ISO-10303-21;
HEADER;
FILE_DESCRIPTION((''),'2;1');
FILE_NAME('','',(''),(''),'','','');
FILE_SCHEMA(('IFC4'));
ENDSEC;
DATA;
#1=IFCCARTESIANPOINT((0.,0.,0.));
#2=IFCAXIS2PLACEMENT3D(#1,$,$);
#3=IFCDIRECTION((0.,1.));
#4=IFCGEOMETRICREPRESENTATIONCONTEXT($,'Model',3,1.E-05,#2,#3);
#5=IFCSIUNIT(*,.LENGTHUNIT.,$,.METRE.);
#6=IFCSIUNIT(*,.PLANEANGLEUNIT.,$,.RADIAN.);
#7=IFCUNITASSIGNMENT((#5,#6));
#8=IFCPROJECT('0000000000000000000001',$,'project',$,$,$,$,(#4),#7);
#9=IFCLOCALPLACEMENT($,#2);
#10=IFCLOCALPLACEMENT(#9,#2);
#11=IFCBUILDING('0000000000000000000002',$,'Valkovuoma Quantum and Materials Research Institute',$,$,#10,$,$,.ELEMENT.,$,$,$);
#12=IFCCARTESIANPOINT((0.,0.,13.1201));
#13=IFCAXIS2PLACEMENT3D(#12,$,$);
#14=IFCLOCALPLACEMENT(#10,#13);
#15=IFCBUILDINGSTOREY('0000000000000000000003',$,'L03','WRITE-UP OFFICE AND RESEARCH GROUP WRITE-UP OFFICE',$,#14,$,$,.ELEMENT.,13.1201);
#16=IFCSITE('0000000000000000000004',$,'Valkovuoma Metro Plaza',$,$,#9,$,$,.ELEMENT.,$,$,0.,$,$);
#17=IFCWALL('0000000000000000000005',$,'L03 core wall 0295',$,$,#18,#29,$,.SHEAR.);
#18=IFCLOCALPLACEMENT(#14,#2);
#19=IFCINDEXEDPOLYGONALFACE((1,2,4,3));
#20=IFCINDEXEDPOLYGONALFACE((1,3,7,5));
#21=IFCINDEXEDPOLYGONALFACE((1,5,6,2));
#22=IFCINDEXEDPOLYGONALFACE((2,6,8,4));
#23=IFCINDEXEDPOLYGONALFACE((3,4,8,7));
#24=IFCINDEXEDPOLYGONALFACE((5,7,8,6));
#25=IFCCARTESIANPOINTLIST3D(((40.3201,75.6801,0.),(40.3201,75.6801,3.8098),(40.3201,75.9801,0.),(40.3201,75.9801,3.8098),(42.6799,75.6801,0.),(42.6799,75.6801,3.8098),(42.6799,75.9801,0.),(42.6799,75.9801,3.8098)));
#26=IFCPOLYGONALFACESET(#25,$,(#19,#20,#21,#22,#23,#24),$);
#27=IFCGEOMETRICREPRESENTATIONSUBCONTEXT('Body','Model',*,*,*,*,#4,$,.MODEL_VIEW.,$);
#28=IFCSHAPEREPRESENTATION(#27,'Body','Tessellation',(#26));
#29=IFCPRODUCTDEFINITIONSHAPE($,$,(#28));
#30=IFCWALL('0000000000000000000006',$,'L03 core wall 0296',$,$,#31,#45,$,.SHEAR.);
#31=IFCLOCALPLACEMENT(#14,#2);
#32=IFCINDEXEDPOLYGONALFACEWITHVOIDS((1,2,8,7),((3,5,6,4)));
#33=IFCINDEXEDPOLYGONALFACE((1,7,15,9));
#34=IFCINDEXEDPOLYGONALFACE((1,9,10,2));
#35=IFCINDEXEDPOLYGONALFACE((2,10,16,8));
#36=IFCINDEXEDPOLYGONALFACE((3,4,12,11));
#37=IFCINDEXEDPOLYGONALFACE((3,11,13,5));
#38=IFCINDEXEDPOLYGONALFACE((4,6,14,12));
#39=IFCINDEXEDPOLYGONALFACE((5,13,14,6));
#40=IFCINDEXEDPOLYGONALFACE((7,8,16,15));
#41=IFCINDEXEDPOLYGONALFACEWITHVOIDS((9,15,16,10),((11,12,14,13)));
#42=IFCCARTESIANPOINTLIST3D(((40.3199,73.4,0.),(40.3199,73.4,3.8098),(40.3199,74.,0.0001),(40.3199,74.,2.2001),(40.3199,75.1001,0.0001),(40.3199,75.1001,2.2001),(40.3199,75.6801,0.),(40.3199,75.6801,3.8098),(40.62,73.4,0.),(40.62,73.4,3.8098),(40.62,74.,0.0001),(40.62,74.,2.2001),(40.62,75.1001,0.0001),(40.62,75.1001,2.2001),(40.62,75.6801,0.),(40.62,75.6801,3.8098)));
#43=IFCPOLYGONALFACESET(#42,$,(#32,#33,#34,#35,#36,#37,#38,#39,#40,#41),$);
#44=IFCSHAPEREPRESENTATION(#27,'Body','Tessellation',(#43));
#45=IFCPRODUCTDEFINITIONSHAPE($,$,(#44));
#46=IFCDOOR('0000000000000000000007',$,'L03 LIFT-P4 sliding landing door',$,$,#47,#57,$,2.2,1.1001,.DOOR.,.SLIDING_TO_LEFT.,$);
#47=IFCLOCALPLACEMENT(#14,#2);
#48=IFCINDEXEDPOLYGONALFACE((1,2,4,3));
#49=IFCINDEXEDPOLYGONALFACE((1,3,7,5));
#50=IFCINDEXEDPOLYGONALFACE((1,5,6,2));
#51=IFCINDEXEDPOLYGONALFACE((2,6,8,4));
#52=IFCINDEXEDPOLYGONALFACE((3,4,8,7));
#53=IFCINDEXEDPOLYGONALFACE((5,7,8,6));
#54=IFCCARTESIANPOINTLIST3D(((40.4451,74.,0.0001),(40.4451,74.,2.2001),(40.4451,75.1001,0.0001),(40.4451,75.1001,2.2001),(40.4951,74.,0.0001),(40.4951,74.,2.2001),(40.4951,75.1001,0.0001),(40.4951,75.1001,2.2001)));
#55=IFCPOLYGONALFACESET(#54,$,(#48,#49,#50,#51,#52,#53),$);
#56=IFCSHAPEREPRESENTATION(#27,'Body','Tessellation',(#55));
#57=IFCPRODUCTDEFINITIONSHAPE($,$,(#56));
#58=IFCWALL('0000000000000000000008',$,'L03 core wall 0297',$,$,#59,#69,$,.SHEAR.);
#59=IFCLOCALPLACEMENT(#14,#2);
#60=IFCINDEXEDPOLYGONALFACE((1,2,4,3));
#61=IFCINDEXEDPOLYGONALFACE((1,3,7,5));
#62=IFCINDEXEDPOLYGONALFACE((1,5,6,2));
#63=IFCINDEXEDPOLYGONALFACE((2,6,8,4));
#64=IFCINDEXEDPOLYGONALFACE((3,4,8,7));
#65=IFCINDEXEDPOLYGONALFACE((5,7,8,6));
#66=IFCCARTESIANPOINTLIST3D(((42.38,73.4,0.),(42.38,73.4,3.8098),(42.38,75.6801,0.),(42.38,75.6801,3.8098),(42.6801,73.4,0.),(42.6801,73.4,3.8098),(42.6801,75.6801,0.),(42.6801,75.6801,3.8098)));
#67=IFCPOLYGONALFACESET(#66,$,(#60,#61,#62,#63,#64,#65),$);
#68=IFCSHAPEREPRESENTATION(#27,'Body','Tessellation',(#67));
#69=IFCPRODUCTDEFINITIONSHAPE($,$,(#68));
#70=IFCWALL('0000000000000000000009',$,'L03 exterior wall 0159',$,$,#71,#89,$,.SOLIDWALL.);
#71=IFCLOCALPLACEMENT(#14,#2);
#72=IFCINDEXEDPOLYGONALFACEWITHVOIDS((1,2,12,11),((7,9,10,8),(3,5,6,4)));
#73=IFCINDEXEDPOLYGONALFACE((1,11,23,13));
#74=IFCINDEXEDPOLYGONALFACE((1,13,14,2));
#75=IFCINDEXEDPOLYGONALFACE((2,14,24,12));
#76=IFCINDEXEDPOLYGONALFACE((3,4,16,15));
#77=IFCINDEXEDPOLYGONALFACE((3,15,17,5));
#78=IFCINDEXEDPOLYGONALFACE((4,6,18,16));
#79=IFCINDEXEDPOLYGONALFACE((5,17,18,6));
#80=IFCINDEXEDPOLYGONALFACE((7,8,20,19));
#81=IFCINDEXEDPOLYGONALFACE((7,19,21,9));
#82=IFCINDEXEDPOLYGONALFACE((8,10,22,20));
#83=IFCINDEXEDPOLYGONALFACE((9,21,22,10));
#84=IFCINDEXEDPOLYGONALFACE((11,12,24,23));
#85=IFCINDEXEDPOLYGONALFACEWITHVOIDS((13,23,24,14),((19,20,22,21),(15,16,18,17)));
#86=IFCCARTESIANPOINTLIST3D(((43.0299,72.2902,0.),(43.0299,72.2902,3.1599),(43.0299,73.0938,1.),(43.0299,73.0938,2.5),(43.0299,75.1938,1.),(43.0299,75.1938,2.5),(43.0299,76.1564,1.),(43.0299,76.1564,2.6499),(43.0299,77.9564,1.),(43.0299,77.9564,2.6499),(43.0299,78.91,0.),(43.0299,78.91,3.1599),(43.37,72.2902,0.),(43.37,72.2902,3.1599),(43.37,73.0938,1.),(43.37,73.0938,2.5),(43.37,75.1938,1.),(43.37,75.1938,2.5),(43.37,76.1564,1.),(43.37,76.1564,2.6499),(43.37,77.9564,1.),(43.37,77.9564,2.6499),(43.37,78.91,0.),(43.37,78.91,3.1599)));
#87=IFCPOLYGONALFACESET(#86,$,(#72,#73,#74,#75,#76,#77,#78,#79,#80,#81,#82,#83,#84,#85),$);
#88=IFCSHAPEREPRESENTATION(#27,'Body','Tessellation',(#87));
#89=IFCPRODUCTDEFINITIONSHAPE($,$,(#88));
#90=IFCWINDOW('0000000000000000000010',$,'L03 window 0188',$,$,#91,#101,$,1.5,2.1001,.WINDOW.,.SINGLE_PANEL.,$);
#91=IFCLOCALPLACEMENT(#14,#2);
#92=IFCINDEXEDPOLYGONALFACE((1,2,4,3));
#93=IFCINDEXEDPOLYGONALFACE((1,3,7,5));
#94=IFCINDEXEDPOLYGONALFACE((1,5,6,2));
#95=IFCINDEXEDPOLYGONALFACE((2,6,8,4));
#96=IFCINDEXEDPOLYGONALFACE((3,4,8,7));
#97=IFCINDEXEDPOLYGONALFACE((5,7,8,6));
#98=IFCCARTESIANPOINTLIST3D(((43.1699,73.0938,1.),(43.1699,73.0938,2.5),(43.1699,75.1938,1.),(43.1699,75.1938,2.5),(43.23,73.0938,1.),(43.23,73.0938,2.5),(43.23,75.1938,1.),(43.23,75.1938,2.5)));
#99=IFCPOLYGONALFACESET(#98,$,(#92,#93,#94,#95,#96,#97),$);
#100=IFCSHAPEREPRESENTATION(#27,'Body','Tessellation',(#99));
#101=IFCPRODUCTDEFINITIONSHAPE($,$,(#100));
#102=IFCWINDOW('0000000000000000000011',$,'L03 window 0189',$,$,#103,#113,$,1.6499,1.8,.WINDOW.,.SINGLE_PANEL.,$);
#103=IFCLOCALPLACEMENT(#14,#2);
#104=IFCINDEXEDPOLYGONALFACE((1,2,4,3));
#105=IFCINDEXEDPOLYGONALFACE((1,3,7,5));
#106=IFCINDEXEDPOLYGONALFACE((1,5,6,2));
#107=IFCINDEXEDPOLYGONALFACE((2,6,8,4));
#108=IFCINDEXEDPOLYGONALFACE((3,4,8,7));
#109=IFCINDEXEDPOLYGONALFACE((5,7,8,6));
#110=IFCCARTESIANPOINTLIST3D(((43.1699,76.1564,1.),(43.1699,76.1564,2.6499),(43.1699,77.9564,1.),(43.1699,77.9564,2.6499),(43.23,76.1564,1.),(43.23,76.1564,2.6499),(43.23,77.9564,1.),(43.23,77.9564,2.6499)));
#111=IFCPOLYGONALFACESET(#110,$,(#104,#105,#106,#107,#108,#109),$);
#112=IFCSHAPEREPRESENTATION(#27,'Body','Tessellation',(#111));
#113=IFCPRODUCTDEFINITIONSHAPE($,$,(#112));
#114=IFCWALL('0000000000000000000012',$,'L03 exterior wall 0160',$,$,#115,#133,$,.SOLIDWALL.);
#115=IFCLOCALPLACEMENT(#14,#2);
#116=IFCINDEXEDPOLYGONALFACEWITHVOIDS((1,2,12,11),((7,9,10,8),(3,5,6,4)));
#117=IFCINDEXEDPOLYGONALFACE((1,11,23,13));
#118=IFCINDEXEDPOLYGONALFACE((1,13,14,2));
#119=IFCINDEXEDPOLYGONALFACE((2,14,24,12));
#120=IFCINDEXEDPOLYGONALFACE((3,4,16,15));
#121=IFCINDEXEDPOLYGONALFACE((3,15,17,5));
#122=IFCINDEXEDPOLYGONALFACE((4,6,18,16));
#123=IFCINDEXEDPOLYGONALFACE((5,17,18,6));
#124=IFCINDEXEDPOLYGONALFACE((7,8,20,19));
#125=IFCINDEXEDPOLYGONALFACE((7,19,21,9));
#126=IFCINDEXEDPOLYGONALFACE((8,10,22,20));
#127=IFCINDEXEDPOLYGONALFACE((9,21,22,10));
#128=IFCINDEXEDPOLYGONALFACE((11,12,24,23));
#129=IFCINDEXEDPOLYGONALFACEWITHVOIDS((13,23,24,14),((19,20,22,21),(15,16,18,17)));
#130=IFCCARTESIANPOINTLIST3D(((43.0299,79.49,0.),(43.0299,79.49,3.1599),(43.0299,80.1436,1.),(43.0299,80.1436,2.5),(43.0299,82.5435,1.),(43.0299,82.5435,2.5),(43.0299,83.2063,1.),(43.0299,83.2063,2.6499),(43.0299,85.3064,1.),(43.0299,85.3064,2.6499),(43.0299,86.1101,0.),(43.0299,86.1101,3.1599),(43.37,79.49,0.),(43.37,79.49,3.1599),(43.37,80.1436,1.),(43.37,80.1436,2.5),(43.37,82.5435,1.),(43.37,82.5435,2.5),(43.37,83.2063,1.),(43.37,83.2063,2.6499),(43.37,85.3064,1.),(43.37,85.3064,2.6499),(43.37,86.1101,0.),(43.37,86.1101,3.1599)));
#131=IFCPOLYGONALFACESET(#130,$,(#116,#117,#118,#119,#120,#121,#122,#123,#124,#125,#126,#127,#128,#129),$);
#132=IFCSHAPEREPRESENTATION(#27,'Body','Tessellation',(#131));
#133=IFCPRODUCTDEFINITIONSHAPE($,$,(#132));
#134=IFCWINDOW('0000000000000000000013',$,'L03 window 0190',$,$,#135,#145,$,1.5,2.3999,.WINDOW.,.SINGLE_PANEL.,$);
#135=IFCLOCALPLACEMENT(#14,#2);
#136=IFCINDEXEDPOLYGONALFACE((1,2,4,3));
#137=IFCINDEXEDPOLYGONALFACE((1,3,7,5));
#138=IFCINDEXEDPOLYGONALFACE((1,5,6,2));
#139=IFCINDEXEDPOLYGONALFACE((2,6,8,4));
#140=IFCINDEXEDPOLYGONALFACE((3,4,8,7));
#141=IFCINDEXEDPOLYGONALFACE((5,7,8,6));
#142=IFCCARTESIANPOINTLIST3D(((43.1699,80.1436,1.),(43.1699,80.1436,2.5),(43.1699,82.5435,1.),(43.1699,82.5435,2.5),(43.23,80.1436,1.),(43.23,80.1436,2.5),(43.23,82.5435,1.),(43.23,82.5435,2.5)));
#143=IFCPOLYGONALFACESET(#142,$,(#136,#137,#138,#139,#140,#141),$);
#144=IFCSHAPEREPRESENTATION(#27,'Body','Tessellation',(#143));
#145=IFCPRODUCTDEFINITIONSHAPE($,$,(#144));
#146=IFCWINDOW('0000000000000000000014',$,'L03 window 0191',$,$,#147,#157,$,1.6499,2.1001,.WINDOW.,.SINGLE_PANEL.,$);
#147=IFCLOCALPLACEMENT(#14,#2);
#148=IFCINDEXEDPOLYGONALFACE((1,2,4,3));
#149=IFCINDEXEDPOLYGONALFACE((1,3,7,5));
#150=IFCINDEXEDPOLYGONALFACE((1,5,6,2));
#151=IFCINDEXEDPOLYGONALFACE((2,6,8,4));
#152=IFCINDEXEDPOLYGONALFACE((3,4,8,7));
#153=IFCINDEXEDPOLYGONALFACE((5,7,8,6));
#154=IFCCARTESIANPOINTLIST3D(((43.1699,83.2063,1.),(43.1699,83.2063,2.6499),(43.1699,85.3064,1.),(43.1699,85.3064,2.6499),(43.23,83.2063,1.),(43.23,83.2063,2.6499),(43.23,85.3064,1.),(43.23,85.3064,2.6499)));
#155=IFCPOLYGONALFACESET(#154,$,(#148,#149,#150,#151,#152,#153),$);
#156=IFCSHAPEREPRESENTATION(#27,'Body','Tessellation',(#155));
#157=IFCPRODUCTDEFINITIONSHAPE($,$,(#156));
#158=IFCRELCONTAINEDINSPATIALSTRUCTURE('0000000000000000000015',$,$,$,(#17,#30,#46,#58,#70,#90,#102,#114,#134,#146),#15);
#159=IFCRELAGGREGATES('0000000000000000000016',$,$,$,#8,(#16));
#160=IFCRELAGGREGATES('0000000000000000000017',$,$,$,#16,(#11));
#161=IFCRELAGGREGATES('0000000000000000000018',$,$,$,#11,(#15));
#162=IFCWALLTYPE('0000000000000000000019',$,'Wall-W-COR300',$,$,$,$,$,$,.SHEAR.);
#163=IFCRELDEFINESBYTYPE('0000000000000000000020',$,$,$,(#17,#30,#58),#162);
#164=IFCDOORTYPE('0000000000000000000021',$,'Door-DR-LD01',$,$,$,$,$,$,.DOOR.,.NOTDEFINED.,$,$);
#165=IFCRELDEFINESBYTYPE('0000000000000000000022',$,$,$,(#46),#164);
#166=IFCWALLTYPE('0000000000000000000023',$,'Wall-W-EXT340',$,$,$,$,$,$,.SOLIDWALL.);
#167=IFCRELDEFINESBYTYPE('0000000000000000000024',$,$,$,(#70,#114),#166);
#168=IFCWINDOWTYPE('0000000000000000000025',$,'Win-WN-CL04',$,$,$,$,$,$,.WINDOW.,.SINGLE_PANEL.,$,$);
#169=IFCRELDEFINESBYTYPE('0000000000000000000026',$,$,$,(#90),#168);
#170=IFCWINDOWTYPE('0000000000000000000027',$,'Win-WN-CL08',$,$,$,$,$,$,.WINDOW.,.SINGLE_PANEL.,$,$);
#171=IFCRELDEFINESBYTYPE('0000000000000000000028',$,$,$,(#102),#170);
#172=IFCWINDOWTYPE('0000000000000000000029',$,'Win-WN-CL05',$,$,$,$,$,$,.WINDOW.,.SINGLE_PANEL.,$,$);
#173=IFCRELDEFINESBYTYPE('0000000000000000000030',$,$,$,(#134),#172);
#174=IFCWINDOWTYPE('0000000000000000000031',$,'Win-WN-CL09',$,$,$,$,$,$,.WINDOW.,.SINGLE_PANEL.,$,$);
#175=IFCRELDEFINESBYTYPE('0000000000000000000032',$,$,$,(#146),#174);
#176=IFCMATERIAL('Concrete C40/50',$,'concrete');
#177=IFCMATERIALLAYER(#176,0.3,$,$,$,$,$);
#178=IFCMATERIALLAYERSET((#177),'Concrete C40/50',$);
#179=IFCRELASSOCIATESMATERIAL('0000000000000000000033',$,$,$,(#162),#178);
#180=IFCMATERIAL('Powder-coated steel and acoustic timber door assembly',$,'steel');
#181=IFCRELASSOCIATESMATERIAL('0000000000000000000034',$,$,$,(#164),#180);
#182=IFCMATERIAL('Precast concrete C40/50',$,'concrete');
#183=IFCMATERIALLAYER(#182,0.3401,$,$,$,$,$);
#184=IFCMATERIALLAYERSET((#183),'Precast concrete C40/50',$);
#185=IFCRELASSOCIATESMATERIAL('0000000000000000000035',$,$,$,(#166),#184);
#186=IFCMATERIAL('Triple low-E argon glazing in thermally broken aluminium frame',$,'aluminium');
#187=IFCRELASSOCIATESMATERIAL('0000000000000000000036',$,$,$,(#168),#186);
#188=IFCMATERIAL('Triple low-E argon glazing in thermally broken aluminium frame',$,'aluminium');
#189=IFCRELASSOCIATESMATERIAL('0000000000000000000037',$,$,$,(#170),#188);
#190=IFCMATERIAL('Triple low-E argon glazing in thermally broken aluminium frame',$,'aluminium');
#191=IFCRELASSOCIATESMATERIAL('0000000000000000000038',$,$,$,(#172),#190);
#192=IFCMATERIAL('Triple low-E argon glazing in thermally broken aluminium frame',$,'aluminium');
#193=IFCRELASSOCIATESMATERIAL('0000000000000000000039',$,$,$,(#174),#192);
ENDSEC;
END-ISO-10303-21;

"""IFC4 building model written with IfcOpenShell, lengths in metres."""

from ifc_helpers import new_model, si_unit, direction, frame, frame_2d, origin, place, context, subcontext, project, spatial, rectangle, extrude, material, layer, layer_set, type_object, element, fill, save


model = new_model("IFC4")

# Units and contexts
model_context = context("Model", 3, precision=1e-05, world=origin(), true_north=direction((0.0, 1.0)))
body_context = subcontext(model_context, "Body", "Model", "MODEL_VIEW")
ifc_project = project(units=[si_unit("LENGTHUNIT", "METRE"), si_unit("PLANEANGLEUNIT", "RADIAN")], contexts=[model_context])

# Site, building, storey
site_placement = place(None, origin())
site = spatial("IfcSite", under=ifc_project, at=site_placement, Name="Valkovuoma Metro Plaza", CompositionType="ELEMENT", RefElevation=0.0)
building_placement = place(site_placement, origin())
building = spatial("IfcBuilding", under=site, at=building_placement, Name="Valkovuoma Quantum and Materials Research Institute", CompositionType="ELEMENT")
storey_placement = place(building_placement, frame((0.0, 0.0, 13.1201)))
storey = spatial("IfcBuildingStorey", under=building, at=storey_placement, Name="L03", Description="WRITE-UP OFFICE AND RESEARCH GROUP WRITE-UP OFFICE", CompositionType="ELEMENT", Elevation=13.1201)

# Wall
ifc_material_1 = material(Name="Concrete C40/50", Category="concrete")
ifc_layer_1 = layer(ifc_material_1, 0.3)
ifc_layer_set_1 = layer_set([ifc_layer_1], Name="Concrete C40/50")
wall_type_1 = type_object("IfcWallType", Name="Wall-W-COR300", PredefinedType="SHEAR", material=ifc_layer_set_1)
wall_1_placement = place(storey_placement, frame((40.3201, 75.8301, 0.0), z_axis=(0.0, 0.0, 1.0), x_axis=(1.0, 0.0, 0.0)))
element("IfcWall", 1, at=wall_1_placement, inside=storey, type_object=wall_type_1, Name="L03 core wall 0295", PredefinedType="SHEAR", context=body_context, shape_type="SweptSolid", body=[
    extrude(rectangle(XDim=2.3599, YDim=0.3, at=frame_2d((1.1799, 0.0))), origin(), (0.0, 0.0, 1.0), 3.8098),
])

# Wall, opening, door
wall_2_placement = place(storey_placement, frame((40.47, 73.3999, 0.0), z_axis=(0.0, 0.0, 1.0), x_axis=(0.0, 1.0, 0.0)))
wall_2 = element("IfcWall", 2, at=wall_2_placement, inside=storey, type_object=wall_type_1, Name="L03 core wall 0296", PredefinedType="SHEAR", context=body_context, shape_type="SweptSolid", body=[
    extrude(rectangle(XDim=2.28, YDim=0.3, at=frame_2d((1.1401, 0.0))), origin(), (0.0, 0.0, 1.0), 3.8098),
])
opening_1_placement = place(wall_2_placement, frame((0.6001, 0.0, 0.0)))
opening_1 = element("IfcOpeningElement", 3, at=opening_1_placement, cuts=wall_2, PredefinedType="OPENING", context=body_context, shape_type="SweptSolid", body=[
    extrude(rectangle(XDim=1.1001, YDim=2.2, at=frame_2d((0.55, 1.1001))), frame((0.0, 0.1602, 0.0), z_axis=(0.0, -1.0, 0.0), x_axis=(1.0, 0.0, 0.0)), (0.0, 0.0, 1.0), 0.3201),
])
ifc_material_2 = material(Name="Powder-coated steel and acoustic timber door assembly", Category="steel")
door_type = type_object("IfcDoorType", Name="Door-DR-LD01", OperationType="NOTDEFINED", PredefinedType="DOOR", material=ifc_material_2)
door_placement = place(opening_1_placement, origin())
door = element("IfcDoor", 4, at=door_placement, inside=storey, type_object=door_type, Name="L03 LIFT-P4 sliding landing door", OperationType="SLIDING_TO_LEFT", OverallHeight=2.2, OverallWidth=1.1001, PredefinedType="DOOR", context=body_context, shape_type="SweptSolid", body=[
    extrude(rectangle(XDim=1.1001, YDim=2.2, at=frame_2d((0.55, 1.1001))), frame((0.0, 0.0249, 0.0), z_axis=(0.0, -1.0, 0.0), x_axis=(1.0, 0.0, 0.0)), (0.0, 0.0, 1.0), 0.05),
])
fill(opening_1, door)

# Wall
wall_3_placement = place(storey_placement, frame((42.53, 73.3999, 0.0), z_axis=(0.0, 0.0, 1.0), x_axis=(0.0, 1.0, 0.0)))
element("IfcWall", 5, at=wall_3_placement, inside=storey, type_object=wall_type_1, Name="L03 core wall 0297", PredefinedType="SHEAR", context=body_context, shape_type="SweptSolid", body=[
    extrude(rectangle(XDim=2.28, YDim=0.3, at=frame_2d((1.1401, 0.0))), origin(), (0.0, 0.0, 1.0), 3.8098),
])

# Walls, openings, windows
ifc_material_3 = material(Name="Precast concrete C40/50", Category="concrete")
ifc_layer_2 = layer(ifc_material_3, 0.3401)
ifc_layer_set_2 = layer_set([ifc_layer_2], Name="Precast concrete C40/50")
wall_type_2 = type_object("IfcWallType", Name="Wall-W-EXT340", PredefinedType="SOLIDWALL", material=ifc_layer_set_2)
wall_4_placement = place(storey_placement, frame((43.2, 72.29, 0.0), z_axis=(0.0, 0.0, 1.0), x_axis=(0.0, 1.0, 0.0)))
wall_4 = element("IfcWall", 6, at=wall_4_placement, inside=storey, type_object=wall_type_2, Name="L03 exterior wall 0159", PredefinedType="SOLIDWALL", context=body_context, shape_type="SweptSolid", body=[
    extrude(rectangle(XDim=6.6199, YDim=0.3401, at=frame_2d((3.3101, 0.0))), origin(), (0.0, 0.0, 1.0), 3.1599),
])
opening_2_placement = place(wall_4_placement, frame((0.8037, 0.0, 1.0)))
opening_2 = element("IfcOpeningElement", 7, at=opening_2_placement, cuts=wall_4, PredefinedType="OPENING", context=body_context, shape_type="SweptSolid", body=[
    extrude(rectangle(XDim=2.1001, YDim=1.5, at=frame_2d((1.05, 0.75))), frame((0.0, 0.1802, 0.0), z_axis=(0.0, -1.0, 0.0), x_axis=(1.0, 0.0, 0.0)), (0.0, 0.0, 1.0), 0.3601),
])
opening_3_placement = place(wall_4_placement, frame((3.8665, 0.0, 1.0)))
opening_3 = element("IfcOpeningElement", 8, at=opening_3_placement, cuts=wall_4, PredefinedType="OPENING", context=body_context, shape_type="SweptSolid", body=[
    extrude(rectangle(XDim=1.8, YDim=1.6499, at=frame_2d((0.8999, 0.825))), frame((0.0, 0.1802, 0.0), z_axis=(0.0, -1.0, 0.0), x_axis=(1.0, 0.0, 0.0)), (0.0, 0.0, 1.0), 0.3601),
])
ifc_material_4 = material(Name="Triple low-E argon glazing in thermally broken aluminium frame", Category="aluminium")
window_type_1 = type_object("IfcWindowType", Name="Win-WN-CL04", PartitioningType="SINGLE_PANEL", PredefinedType="WINDOW", material=ifc_material_4)
window_1_placement = place(opening_2_placement, origin())
window_1 = element("IfcWindow", 9, at=window_1_placement, inside=storey, type_object=window_type_1, Name="L03 window 0188", OverallHeight=1.5, OverallWidth=2.1001, PartitioningType="SINGLE_PANEL", PredefinedType="WINDOW", context=body_context, shape_type="SweptSolid", body=[
    extrude(rectangle(XDim=2.1001, YDim=1.5, at=frame_2d((1.05, 0.75))), frame((0.0, 0.03, 0.0), z_axis=(0.0, -1.0, 0.0), x_axis=(1.0, 0.0, 0.0)), (0.0, 0.0, 1.0), 0.0601),
])
fill(opening_2, window_1)
ifc_material_5 = material(Name="Triple low-E argon glazing in thermally broken aluminium frame", Category="aluminium")
window_type_2 = type_object("IfcWindowType", Name="Win-WN-CL08", PartitioningType="SINGLE_PANEL", PredefinedType="WINDOW", material=ifc_material_5)
window_2_placement = place(opening_3_placement, origin())
window_2 = element("IfcWindow", 10, at=window_2_placement, inside=storey, type_object=window_type_2, Name="L03 window 0189", OverallHeight=1.6499, OverallWidth=1.8, PartitioningType="SINGLE_PANEL", PredefinedType="WINDOW", context=body_context, shape_type="SweptSolid", body=[
    extrude(rectangle(XDim=1.8, YDim=1.6499, at=frame_2d((0.8999, 0.825))), frame((0.0, 0.03, 0.0), z_axis=(0.0, -1.0, 0.0), x_axis=(1.0, 0.0, 0.0)), (0.0, 0.0, 1.0), 0.0601),
])
fill(opening_3, window_2)
wall_5_placement = place(storey_placement, frame((43.2, 79.49, 0.0), z_axis=(0.0, 0.0, 1.0), x_axis=(0.0, 1.0, 0.0)))
wall_5 = element("IfcWall", 11, at=wall_5_placement, inside=storey, type_object=wall_type_2, Name="L03 exterior wall 0160", PredefinedType="SOLIDWALL", context=body_context, shape_type="SweptSolid", body=[
    extrude(rectangle(XDim=6.6201, YDim=0.3401, at=frame_2d((3.3101, 0.0))), origin(), (0.0, 0.0, 1.0), 3.1599),
])
opening_4_placement = place(wall_5_placement, frame((0.6536, 0.0, 1.0)))
opening_4 = element("IfcOpeningElement", 12, at=opening_4_placement, cuts=wall_5, PredefinedType="OPENING", context=body_context, shape_type="SweptSolid", body=[
    extrude(rectangle(XDim=2.3999, YDim=1.5, at=frame_2d((1.2, 0.75))), frame((0.0, 0.1802, 0.0), z_axis=(0.0, -1.0, 0.0), x_axis=(1.0, 0.0, 0.0)), (0.0, 0.0, 1.0), 0.3601),
])
opening_5_placement = place(wall_5_placement, frame((3.7163, 0.0, 1.0)))
opening_5 = element("IfcOpeningElement", 13, at=opening_5_placement, cuts=wall_5, PredefinedType="OPENING", context=body_context, shape_type="SweptSolid", body=[
    extrude(rectangle(XDim=2.1001, YDim=1.6499, at=frame_2d((1.05, 0.825))), frame((0.0, 0.1802, 0.0), z_axis=(0.0, -1.0, 0.0), x_axis=(1.0, 0.0, 0.0)), (0.0, 0.0, 1.0), 0.3601),
])
ifc_material_6 = material(Name="Triple low-E argon glazing in thermally broken aluminium frame", Category="aluminium")
window_type_3 = type_object("IfcWindowType", Name="Win-WN-CL05", PartitioningType="SINGLE_PANEL", PredefinedType="WINDOW", material=ifc_material_6)
window_3_placement = place(opening_4_placement, origin())
window_3 = element("IfcWindow", 14, at=window_3_placement, inside=storey, type_object=window_type_3, Name="L03 window 0190", OverallHeight=1.5, OverallWidth=2.3999, PartitioningType="SINGLE_PANEL", PredefinedType="WINDOW", context=body_context, shape_type="SweptSolid", body=[
    extrude(rectangle(XDim=2.3999, YDim=1.5, at=frame_2d((1.2, 0.75))), frame((0.0, 0.03, 0.0), z_axis=(0.0, -1.0, 0.0), x_axis=(1.0, 0.0, 0.0)), (0.0, 0.0, 1.0), 0.0601),
])
fill(opening_4, window_3)
ifc_material_7 = material(Name="Triple low-E argon glazing in thermally broken aluminium frame", Category="aluminium")
window_type_4 = type_object("IfcWindowType", Name="Win-WN-CL09", PartitioningType="SINGLE_PANEL", PredefinedType="WINDOW", material=ifc_material_7)
window_4_placement = place(opening_5_placement, origin())
window_4 = element("IfcWindow", 15, at=window_4_placement, inside=storey, type_object=window_type_4, Name="L03 window 0191", OverallHeight=1.6499, OverallWidth=2.1001, PartitioningType="SINGLE_PANEL", PredefinedType="WINDOW", context=body_context, shape_type="SweptSolid", body=[
    extrude(rectangle(XDim=2.1001, YDim=1.6499, at=frame_2d((1.05, 0.825))), frame((0.0, 0.03, 0.0), z_axis=(0.0, -1.0, 0.0), x_axis=(1.0, 0.0, 0.0)), (0.0, 0.0, 1.0), 0.0601),
])
fill(opening_5, window_4)

save(model, "model.ifc")
